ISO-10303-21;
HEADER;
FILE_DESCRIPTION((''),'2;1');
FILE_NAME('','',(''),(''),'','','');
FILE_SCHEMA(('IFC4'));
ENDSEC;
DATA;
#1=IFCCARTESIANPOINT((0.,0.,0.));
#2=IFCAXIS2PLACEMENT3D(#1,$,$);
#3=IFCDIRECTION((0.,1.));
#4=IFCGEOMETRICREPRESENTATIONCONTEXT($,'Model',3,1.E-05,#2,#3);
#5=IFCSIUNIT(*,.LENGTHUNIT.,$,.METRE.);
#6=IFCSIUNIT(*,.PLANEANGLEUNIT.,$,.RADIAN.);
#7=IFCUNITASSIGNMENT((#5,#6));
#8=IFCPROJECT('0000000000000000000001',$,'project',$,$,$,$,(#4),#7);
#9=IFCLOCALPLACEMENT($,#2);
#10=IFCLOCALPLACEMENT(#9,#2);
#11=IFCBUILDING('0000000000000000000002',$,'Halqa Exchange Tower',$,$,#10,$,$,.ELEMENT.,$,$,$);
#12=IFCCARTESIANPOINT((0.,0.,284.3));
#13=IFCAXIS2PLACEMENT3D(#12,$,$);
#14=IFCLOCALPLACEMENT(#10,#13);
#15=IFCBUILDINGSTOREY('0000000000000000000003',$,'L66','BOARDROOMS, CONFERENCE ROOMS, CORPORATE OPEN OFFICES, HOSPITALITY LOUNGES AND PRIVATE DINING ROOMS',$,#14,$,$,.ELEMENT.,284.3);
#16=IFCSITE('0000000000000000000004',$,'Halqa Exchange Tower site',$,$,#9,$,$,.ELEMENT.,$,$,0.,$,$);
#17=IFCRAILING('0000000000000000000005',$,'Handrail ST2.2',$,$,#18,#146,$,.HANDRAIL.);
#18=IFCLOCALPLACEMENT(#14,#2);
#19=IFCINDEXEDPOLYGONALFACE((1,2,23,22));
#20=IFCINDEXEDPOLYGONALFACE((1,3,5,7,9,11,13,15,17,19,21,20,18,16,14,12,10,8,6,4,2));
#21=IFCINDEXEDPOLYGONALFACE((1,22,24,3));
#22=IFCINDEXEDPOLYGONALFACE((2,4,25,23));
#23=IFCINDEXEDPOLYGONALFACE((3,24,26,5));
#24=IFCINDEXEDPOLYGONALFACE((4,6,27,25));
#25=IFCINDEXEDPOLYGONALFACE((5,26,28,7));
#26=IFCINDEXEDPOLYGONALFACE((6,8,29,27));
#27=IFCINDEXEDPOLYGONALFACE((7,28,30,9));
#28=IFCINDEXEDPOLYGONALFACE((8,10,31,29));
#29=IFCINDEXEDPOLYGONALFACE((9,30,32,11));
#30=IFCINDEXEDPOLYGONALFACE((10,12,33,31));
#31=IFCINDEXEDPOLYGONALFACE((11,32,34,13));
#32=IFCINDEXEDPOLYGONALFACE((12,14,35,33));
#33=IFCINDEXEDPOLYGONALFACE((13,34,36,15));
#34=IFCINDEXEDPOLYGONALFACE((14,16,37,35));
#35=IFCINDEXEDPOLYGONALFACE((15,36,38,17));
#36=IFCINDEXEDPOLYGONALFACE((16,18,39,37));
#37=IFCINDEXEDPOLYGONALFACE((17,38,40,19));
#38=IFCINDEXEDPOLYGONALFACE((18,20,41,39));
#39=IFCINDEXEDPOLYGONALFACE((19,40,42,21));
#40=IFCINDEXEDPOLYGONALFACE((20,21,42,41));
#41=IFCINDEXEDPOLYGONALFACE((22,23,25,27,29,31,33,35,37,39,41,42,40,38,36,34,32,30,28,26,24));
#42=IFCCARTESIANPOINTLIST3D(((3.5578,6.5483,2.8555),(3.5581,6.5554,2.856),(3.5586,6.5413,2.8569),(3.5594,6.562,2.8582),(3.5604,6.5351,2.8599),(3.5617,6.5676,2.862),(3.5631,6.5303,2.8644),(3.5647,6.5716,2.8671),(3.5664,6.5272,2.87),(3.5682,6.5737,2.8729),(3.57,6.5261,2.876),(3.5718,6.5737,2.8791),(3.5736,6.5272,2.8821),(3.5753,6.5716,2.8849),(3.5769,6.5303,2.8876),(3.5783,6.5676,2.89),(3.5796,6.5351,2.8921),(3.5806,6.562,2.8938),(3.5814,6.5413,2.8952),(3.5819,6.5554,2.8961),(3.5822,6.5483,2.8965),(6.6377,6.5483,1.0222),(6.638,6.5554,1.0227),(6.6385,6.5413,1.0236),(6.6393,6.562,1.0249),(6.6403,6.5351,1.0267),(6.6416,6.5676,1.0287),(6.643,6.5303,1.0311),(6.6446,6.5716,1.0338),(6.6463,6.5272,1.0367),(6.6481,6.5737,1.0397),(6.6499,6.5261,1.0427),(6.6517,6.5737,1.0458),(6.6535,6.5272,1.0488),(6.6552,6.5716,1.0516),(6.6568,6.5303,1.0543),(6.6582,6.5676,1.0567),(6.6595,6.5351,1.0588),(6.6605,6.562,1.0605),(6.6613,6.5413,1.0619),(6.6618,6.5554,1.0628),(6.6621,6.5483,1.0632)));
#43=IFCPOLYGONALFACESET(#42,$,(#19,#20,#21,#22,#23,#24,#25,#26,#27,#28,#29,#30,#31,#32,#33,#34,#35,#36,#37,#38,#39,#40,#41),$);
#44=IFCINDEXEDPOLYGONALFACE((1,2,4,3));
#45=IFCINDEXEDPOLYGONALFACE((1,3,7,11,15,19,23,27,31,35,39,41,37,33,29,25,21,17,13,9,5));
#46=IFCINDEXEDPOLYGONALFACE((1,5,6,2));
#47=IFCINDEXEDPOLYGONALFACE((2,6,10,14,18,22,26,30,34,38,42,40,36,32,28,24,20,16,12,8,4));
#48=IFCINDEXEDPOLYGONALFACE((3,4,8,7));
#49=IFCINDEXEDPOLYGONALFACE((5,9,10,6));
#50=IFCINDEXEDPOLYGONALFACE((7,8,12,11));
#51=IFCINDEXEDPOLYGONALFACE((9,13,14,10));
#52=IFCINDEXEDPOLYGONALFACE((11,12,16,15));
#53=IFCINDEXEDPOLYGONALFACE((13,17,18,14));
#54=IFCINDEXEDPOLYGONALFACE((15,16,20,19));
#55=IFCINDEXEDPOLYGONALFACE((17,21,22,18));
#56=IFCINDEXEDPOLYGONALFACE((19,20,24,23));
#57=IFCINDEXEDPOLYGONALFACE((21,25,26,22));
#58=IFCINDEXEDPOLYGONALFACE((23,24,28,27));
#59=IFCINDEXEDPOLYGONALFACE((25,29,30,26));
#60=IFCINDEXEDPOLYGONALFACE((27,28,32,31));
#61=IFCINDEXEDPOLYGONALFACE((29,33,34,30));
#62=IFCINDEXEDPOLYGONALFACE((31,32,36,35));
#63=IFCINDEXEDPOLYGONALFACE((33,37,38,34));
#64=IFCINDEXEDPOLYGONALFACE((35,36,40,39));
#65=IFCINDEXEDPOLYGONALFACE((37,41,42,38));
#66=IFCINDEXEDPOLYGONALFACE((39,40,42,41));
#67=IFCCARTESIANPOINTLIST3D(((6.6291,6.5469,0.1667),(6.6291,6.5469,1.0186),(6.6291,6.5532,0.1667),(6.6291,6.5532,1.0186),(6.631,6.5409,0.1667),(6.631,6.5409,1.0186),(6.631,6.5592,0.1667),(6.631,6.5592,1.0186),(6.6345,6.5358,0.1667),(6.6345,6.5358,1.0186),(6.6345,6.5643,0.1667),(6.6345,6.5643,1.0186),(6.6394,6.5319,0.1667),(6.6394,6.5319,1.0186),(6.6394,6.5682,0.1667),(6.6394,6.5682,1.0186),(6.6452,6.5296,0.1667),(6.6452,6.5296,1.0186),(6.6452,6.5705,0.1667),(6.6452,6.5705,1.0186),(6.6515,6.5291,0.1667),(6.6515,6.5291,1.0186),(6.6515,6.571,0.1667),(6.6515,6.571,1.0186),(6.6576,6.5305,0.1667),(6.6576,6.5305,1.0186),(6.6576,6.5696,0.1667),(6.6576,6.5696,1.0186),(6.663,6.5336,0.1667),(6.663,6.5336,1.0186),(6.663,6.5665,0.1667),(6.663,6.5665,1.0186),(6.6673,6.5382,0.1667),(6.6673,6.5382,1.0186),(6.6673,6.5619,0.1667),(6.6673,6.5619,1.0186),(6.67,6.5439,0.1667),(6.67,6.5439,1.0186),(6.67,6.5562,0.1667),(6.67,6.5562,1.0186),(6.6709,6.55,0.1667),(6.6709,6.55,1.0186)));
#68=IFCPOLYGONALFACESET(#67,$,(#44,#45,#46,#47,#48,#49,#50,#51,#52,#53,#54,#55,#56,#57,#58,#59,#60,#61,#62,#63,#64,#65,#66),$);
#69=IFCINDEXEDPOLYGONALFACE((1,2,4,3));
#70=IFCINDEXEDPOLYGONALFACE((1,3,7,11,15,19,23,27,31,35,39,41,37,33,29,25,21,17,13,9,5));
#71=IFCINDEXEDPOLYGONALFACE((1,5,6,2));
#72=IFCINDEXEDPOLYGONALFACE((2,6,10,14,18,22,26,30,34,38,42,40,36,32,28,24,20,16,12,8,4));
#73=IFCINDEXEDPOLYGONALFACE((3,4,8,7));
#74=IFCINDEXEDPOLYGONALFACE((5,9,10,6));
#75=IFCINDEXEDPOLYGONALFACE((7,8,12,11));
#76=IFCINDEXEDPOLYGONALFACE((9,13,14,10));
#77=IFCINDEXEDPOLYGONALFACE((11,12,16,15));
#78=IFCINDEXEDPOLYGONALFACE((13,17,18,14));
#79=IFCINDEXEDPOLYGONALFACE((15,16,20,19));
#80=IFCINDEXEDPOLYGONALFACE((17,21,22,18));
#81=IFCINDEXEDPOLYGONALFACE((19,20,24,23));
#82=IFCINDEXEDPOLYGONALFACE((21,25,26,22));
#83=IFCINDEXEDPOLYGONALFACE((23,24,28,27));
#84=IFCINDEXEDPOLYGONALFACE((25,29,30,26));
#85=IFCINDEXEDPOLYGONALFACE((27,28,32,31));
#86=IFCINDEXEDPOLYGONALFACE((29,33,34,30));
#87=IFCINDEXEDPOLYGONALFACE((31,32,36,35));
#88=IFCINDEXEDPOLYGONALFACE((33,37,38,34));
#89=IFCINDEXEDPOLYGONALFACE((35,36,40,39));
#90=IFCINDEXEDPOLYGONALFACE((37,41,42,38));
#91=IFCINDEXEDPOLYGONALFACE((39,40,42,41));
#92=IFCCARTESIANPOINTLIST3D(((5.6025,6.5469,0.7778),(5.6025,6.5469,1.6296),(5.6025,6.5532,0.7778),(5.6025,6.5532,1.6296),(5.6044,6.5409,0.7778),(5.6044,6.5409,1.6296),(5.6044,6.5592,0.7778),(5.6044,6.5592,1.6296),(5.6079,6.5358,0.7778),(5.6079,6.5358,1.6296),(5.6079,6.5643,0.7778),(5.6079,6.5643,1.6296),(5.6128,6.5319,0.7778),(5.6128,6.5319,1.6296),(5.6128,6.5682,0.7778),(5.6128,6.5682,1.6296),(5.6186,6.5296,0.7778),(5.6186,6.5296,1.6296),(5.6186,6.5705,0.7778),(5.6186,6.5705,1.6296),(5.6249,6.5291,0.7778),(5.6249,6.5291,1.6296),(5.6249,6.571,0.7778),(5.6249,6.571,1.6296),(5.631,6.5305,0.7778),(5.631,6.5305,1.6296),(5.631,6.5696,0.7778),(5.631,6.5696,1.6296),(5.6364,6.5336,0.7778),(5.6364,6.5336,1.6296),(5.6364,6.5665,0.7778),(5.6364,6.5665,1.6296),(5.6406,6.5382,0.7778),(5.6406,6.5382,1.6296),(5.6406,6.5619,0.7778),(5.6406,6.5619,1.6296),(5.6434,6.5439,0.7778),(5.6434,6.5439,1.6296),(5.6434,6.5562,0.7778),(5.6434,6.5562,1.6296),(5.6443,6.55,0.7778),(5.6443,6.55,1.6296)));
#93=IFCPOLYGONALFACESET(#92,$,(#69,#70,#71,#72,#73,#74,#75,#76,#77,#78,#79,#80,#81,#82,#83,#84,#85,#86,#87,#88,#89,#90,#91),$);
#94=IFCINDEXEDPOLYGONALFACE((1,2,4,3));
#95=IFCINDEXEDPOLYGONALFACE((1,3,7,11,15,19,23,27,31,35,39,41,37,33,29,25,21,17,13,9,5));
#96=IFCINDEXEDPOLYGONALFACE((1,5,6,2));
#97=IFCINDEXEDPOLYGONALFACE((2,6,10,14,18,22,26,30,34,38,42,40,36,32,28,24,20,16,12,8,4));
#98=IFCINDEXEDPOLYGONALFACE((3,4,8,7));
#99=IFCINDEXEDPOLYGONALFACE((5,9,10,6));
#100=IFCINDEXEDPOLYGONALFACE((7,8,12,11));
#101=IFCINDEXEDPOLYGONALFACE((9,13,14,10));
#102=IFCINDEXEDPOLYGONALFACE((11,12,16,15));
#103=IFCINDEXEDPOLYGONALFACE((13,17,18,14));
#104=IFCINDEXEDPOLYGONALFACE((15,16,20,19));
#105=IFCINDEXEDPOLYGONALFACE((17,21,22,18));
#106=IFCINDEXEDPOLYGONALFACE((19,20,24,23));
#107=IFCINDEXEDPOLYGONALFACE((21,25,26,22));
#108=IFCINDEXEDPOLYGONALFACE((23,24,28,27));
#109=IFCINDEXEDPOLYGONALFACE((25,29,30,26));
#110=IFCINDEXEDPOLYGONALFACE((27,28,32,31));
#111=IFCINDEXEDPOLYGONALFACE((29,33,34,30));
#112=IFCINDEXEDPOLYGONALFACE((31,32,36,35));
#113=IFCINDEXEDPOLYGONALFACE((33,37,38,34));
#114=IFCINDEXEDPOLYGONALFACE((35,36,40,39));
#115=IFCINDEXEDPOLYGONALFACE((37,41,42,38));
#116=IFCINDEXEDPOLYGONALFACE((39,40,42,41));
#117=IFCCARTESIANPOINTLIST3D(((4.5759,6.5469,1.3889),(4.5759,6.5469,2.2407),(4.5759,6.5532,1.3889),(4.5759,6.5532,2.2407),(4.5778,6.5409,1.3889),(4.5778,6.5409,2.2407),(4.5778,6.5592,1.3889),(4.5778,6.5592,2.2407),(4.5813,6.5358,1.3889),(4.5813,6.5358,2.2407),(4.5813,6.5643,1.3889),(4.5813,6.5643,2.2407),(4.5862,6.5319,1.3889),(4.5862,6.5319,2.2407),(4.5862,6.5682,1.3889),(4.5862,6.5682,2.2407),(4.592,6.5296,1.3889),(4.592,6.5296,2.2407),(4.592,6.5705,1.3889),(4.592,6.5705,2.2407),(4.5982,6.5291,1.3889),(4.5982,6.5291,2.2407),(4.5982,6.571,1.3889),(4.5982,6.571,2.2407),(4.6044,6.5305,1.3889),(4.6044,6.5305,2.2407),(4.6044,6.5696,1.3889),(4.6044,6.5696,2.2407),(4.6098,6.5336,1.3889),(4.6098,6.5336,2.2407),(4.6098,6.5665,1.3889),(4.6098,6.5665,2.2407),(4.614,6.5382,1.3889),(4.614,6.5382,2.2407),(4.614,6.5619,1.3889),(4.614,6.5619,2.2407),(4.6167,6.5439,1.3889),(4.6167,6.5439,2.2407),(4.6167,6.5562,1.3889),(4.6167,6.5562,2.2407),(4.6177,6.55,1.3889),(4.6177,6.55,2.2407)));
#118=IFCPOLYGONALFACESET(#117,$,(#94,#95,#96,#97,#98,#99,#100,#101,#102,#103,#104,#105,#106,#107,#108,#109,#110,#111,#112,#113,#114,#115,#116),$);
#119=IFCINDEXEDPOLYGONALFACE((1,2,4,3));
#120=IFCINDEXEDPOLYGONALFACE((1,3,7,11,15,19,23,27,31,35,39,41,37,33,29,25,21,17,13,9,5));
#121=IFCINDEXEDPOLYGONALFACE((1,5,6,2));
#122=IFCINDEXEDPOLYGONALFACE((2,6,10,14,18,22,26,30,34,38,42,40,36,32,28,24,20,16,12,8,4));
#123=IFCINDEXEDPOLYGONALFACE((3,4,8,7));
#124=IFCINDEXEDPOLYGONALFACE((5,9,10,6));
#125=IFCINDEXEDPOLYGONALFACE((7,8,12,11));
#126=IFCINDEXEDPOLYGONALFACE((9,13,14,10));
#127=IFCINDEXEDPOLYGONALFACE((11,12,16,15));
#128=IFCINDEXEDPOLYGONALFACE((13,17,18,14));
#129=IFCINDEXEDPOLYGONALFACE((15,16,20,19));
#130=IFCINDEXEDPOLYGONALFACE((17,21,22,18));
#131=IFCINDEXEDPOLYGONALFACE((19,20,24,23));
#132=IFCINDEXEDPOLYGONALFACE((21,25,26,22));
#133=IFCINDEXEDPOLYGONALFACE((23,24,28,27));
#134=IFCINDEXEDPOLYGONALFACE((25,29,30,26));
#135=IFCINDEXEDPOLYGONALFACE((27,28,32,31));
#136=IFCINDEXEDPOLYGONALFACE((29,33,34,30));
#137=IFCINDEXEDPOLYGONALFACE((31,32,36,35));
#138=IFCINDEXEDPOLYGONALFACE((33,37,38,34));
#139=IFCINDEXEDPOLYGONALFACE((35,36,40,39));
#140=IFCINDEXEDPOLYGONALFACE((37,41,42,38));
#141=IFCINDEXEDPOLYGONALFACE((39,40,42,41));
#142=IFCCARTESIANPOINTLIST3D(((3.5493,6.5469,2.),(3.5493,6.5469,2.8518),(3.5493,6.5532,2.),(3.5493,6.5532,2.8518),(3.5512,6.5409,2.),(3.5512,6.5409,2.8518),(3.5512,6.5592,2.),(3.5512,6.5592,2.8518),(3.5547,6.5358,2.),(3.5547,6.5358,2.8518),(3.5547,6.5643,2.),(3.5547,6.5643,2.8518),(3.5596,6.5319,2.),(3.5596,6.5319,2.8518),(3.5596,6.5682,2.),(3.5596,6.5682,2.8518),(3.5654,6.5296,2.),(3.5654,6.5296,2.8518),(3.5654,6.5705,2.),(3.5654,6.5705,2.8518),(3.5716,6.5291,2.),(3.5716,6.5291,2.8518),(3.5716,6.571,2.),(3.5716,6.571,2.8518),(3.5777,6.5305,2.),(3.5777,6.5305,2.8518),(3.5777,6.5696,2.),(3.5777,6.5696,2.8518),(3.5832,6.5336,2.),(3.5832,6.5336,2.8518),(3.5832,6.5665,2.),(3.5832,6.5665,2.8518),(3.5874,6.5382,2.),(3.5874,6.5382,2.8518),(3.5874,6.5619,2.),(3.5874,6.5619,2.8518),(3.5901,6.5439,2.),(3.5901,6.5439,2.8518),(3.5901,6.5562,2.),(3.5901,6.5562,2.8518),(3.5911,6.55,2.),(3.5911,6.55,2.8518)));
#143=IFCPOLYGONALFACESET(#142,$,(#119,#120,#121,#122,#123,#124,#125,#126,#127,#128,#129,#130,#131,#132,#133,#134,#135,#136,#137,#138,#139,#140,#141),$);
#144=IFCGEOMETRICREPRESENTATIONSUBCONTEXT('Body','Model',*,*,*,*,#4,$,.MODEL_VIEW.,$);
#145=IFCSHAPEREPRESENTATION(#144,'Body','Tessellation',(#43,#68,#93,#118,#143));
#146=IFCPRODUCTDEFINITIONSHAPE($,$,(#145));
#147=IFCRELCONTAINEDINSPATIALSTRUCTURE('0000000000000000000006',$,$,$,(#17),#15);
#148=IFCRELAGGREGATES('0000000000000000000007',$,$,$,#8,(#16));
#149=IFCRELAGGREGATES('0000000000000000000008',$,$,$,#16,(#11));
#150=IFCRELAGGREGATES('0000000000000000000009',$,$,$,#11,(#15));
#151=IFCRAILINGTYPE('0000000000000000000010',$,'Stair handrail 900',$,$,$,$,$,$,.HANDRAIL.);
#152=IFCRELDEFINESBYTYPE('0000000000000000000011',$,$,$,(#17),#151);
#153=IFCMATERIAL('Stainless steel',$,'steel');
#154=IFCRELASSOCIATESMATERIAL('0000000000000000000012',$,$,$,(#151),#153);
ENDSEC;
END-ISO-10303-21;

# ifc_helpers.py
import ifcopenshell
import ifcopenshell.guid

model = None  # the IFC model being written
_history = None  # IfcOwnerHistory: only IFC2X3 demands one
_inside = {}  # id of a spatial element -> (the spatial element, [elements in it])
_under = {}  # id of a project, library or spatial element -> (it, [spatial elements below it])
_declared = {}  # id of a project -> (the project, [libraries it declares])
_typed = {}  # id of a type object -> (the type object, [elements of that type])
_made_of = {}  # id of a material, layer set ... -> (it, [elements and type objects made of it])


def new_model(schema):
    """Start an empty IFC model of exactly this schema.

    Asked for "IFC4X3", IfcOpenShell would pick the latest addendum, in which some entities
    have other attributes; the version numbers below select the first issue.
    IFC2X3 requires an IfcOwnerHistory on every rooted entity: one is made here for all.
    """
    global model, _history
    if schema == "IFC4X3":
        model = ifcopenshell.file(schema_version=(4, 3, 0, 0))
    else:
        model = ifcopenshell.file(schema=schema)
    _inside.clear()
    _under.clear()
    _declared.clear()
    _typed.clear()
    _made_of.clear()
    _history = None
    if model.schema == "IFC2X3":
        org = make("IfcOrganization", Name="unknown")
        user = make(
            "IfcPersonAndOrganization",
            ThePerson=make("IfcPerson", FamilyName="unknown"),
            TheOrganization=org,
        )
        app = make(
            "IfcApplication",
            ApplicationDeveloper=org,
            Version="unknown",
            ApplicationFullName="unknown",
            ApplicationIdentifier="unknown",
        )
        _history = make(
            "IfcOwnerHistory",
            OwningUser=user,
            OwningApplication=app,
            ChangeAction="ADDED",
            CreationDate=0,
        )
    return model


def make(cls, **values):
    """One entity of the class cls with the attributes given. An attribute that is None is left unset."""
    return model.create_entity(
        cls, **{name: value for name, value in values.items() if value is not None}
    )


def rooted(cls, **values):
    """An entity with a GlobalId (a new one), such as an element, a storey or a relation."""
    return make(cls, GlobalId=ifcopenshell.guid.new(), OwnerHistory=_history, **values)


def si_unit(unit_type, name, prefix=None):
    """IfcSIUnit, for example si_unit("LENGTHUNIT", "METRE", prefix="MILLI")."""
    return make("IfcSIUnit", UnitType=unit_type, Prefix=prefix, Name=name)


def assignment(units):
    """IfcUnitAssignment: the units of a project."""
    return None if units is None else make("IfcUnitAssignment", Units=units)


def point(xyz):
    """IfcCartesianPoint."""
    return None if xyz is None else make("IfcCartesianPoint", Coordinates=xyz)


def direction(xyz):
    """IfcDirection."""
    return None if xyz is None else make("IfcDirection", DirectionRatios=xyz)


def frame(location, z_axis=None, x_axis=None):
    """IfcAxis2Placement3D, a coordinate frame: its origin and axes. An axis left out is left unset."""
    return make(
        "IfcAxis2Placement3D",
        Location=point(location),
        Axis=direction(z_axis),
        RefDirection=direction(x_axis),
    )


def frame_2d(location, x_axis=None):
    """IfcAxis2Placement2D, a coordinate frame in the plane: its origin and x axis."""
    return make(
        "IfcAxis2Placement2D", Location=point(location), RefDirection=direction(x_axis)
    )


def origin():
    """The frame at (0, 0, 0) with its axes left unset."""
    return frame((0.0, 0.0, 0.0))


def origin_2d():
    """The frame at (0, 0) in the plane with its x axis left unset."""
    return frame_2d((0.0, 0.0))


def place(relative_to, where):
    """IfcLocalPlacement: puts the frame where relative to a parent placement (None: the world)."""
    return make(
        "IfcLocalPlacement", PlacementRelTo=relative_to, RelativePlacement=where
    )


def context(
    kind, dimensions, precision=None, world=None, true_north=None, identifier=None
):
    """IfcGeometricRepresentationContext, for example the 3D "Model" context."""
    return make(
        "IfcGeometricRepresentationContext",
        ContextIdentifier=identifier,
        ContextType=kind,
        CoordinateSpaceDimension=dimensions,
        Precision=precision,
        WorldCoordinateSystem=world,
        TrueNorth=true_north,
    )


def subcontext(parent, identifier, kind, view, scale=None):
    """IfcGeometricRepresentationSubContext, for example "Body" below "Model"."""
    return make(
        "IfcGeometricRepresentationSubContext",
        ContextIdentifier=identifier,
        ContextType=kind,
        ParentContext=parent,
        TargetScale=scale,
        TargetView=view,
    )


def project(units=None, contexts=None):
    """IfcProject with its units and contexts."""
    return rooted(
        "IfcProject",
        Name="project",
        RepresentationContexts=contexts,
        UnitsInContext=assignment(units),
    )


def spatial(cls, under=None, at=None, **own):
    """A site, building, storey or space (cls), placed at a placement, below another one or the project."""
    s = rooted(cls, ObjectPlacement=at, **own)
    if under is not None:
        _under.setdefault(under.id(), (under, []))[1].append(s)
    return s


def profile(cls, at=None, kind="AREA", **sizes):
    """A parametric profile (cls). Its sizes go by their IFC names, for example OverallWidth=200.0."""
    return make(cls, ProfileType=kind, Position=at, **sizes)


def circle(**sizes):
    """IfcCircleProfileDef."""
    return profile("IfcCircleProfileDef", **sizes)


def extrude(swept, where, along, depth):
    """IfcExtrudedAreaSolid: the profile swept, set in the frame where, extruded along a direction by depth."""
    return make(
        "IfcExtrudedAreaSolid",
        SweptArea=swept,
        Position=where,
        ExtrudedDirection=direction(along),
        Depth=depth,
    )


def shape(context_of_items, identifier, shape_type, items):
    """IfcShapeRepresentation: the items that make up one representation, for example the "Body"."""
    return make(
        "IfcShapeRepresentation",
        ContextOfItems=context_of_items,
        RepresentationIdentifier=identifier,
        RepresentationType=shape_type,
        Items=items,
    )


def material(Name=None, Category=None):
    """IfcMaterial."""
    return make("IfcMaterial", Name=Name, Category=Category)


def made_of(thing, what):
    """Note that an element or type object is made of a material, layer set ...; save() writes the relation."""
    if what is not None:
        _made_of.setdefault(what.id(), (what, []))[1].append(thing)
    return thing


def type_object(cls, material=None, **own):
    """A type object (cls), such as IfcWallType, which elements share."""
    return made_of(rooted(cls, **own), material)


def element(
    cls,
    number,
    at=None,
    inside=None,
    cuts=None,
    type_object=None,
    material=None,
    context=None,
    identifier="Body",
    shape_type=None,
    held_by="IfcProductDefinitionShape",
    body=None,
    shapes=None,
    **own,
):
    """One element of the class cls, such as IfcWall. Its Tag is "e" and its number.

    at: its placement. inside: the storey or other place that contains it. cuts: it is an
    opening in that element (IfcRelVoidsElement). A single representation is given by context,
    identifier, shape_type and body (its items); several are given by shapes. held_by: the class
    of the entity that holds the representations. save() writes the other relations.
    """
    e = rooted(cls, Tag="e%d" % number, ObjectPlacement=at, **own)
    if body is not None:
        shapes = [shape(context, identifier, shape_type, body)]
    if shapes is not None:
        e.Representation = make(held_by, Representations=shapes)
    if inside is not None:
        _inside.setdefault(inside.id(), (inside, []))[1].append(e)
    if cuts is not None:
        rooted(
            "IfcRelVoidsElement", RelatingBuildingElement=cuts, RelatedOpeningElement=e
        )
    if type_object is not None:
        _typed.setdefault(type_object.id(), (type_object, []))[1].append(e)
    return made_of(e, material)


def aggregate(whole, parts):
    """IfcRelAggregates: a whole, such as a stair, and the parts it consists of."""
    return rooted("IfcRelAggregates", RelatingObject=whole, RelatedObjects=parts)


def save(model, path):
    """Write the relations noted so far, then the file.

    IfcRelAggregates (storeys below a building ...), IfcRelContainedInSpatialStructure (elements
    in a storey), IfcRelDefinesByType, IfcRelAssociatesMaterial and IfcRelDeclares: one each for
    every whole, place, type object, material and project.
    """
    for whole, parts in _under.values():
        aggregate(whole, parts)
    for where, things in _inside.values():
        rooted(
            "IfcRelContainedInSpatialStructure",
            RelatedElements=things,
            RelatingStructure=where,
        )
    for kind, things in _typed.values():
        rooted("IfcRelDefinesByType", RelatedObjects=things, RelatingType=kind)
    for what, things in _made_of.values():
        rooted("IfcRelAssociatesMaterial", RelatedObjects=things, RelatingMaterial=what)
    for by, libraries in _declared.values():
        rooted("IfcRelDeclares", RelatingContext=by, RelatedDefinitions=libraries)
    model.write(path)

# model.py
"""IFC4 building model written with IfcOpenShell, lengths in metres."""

from ifc_helpers import new_model, si_unit, direction, frame, origin, origin_2d, place, context, subcontext, project, spatial, circle, extrude, material, type_object, element, save


model = new_model("IFC4")

# Units and contexts
model_context = context("Model", 3, precision=1e-05, world=origin(), true_north=direction((0.0, 1.0)))
body_context = subcontext(model_context, "Body", "Model", "MODEL_VIEW")
ifc_project = project(units=[si_unit("LENGTHUNIT", "METRE"), si_unit("PLANEANGLEUNIT", "RADIAN")], contexts=[model_context])

# Site, building, storey
site_placement = place(None, origin())
site = spatial("IfcSite", under=ifc_project, at=site_placement, Name="Halqa Exchange Tower site", CompositionType="ELEMENT", RefElevation=0.0)
building_placement = place(site_placement, origin())
building = spatial("IfcBuilding", under=site, at=building_placement, Name="Halqa Exchange Tower", CompositionType="ELEMENT")
storey_placement = place(building_placement, frame((0.0, 0.0, 284.3)))
storey = spatial("IfcBuildingStorey", under=building, at=storey_placement, Name="L66", Description="BOARDROOMS, CONFERENCE ROOMS, CORPORATE OPEN OFFICES, HOSPITALITY LOUNGES AND PRIVATE DINING ROOMS", CompositionType="ELEMENT", Elevation=284.3)

# Railing
ifc_material_1 = material(Name="Stainless steel", Category="steel")
railing_type_1 = type_object("IfcRailingType", Name="Stair handrail 900", PredefinedType="HANDRAIL", material=ifc_material_1)
railing_1_placement = place(storey_placement, frame((6.6499, 6.55, 0.1667)))
element("IfcRailing", 1, at=railing_1_placement, inside=storey, type_object=railing_type_1, Name="Handrail ST2.2", PredefinedType="HANDRAIL", context=body_context, shape_type="SweptSolid", body=[
    extrude(circle(Radius=0.0239, at=origin_2d()), frame((0.0, 0.0, 0.876), z_axis=(-0.859291, 0.0, 0.511487), x_axis=(0.0, -1.0, 0.0)), (0.0, 0.0, 1.0), 3.5842),
    extrude(circle(Radius=0.021, at=origin_2d()), origin(), (0.0, 0.0, 1.0), 0.8518),
    extrude(circle(Radius=0.021, at=origin_2d()), frame((-1.0266, 0.0, 0.6111)), (0.0, 0.0, 1.0), 0.8518),
    extrude(circle(Radius=0.021, at=origin_2d()), frame((-2.0532, 0.0, 1.2222)), (0.0, 0.0, 1.0), 0.8518),
    extrude(circle(Radius=0.021, at=origin_2d()), frame((-3.0798, 0.0, 1.8333)), (0.0, 0.0, 1.0), 0.8518),
])

save(model, "model.ifc")
